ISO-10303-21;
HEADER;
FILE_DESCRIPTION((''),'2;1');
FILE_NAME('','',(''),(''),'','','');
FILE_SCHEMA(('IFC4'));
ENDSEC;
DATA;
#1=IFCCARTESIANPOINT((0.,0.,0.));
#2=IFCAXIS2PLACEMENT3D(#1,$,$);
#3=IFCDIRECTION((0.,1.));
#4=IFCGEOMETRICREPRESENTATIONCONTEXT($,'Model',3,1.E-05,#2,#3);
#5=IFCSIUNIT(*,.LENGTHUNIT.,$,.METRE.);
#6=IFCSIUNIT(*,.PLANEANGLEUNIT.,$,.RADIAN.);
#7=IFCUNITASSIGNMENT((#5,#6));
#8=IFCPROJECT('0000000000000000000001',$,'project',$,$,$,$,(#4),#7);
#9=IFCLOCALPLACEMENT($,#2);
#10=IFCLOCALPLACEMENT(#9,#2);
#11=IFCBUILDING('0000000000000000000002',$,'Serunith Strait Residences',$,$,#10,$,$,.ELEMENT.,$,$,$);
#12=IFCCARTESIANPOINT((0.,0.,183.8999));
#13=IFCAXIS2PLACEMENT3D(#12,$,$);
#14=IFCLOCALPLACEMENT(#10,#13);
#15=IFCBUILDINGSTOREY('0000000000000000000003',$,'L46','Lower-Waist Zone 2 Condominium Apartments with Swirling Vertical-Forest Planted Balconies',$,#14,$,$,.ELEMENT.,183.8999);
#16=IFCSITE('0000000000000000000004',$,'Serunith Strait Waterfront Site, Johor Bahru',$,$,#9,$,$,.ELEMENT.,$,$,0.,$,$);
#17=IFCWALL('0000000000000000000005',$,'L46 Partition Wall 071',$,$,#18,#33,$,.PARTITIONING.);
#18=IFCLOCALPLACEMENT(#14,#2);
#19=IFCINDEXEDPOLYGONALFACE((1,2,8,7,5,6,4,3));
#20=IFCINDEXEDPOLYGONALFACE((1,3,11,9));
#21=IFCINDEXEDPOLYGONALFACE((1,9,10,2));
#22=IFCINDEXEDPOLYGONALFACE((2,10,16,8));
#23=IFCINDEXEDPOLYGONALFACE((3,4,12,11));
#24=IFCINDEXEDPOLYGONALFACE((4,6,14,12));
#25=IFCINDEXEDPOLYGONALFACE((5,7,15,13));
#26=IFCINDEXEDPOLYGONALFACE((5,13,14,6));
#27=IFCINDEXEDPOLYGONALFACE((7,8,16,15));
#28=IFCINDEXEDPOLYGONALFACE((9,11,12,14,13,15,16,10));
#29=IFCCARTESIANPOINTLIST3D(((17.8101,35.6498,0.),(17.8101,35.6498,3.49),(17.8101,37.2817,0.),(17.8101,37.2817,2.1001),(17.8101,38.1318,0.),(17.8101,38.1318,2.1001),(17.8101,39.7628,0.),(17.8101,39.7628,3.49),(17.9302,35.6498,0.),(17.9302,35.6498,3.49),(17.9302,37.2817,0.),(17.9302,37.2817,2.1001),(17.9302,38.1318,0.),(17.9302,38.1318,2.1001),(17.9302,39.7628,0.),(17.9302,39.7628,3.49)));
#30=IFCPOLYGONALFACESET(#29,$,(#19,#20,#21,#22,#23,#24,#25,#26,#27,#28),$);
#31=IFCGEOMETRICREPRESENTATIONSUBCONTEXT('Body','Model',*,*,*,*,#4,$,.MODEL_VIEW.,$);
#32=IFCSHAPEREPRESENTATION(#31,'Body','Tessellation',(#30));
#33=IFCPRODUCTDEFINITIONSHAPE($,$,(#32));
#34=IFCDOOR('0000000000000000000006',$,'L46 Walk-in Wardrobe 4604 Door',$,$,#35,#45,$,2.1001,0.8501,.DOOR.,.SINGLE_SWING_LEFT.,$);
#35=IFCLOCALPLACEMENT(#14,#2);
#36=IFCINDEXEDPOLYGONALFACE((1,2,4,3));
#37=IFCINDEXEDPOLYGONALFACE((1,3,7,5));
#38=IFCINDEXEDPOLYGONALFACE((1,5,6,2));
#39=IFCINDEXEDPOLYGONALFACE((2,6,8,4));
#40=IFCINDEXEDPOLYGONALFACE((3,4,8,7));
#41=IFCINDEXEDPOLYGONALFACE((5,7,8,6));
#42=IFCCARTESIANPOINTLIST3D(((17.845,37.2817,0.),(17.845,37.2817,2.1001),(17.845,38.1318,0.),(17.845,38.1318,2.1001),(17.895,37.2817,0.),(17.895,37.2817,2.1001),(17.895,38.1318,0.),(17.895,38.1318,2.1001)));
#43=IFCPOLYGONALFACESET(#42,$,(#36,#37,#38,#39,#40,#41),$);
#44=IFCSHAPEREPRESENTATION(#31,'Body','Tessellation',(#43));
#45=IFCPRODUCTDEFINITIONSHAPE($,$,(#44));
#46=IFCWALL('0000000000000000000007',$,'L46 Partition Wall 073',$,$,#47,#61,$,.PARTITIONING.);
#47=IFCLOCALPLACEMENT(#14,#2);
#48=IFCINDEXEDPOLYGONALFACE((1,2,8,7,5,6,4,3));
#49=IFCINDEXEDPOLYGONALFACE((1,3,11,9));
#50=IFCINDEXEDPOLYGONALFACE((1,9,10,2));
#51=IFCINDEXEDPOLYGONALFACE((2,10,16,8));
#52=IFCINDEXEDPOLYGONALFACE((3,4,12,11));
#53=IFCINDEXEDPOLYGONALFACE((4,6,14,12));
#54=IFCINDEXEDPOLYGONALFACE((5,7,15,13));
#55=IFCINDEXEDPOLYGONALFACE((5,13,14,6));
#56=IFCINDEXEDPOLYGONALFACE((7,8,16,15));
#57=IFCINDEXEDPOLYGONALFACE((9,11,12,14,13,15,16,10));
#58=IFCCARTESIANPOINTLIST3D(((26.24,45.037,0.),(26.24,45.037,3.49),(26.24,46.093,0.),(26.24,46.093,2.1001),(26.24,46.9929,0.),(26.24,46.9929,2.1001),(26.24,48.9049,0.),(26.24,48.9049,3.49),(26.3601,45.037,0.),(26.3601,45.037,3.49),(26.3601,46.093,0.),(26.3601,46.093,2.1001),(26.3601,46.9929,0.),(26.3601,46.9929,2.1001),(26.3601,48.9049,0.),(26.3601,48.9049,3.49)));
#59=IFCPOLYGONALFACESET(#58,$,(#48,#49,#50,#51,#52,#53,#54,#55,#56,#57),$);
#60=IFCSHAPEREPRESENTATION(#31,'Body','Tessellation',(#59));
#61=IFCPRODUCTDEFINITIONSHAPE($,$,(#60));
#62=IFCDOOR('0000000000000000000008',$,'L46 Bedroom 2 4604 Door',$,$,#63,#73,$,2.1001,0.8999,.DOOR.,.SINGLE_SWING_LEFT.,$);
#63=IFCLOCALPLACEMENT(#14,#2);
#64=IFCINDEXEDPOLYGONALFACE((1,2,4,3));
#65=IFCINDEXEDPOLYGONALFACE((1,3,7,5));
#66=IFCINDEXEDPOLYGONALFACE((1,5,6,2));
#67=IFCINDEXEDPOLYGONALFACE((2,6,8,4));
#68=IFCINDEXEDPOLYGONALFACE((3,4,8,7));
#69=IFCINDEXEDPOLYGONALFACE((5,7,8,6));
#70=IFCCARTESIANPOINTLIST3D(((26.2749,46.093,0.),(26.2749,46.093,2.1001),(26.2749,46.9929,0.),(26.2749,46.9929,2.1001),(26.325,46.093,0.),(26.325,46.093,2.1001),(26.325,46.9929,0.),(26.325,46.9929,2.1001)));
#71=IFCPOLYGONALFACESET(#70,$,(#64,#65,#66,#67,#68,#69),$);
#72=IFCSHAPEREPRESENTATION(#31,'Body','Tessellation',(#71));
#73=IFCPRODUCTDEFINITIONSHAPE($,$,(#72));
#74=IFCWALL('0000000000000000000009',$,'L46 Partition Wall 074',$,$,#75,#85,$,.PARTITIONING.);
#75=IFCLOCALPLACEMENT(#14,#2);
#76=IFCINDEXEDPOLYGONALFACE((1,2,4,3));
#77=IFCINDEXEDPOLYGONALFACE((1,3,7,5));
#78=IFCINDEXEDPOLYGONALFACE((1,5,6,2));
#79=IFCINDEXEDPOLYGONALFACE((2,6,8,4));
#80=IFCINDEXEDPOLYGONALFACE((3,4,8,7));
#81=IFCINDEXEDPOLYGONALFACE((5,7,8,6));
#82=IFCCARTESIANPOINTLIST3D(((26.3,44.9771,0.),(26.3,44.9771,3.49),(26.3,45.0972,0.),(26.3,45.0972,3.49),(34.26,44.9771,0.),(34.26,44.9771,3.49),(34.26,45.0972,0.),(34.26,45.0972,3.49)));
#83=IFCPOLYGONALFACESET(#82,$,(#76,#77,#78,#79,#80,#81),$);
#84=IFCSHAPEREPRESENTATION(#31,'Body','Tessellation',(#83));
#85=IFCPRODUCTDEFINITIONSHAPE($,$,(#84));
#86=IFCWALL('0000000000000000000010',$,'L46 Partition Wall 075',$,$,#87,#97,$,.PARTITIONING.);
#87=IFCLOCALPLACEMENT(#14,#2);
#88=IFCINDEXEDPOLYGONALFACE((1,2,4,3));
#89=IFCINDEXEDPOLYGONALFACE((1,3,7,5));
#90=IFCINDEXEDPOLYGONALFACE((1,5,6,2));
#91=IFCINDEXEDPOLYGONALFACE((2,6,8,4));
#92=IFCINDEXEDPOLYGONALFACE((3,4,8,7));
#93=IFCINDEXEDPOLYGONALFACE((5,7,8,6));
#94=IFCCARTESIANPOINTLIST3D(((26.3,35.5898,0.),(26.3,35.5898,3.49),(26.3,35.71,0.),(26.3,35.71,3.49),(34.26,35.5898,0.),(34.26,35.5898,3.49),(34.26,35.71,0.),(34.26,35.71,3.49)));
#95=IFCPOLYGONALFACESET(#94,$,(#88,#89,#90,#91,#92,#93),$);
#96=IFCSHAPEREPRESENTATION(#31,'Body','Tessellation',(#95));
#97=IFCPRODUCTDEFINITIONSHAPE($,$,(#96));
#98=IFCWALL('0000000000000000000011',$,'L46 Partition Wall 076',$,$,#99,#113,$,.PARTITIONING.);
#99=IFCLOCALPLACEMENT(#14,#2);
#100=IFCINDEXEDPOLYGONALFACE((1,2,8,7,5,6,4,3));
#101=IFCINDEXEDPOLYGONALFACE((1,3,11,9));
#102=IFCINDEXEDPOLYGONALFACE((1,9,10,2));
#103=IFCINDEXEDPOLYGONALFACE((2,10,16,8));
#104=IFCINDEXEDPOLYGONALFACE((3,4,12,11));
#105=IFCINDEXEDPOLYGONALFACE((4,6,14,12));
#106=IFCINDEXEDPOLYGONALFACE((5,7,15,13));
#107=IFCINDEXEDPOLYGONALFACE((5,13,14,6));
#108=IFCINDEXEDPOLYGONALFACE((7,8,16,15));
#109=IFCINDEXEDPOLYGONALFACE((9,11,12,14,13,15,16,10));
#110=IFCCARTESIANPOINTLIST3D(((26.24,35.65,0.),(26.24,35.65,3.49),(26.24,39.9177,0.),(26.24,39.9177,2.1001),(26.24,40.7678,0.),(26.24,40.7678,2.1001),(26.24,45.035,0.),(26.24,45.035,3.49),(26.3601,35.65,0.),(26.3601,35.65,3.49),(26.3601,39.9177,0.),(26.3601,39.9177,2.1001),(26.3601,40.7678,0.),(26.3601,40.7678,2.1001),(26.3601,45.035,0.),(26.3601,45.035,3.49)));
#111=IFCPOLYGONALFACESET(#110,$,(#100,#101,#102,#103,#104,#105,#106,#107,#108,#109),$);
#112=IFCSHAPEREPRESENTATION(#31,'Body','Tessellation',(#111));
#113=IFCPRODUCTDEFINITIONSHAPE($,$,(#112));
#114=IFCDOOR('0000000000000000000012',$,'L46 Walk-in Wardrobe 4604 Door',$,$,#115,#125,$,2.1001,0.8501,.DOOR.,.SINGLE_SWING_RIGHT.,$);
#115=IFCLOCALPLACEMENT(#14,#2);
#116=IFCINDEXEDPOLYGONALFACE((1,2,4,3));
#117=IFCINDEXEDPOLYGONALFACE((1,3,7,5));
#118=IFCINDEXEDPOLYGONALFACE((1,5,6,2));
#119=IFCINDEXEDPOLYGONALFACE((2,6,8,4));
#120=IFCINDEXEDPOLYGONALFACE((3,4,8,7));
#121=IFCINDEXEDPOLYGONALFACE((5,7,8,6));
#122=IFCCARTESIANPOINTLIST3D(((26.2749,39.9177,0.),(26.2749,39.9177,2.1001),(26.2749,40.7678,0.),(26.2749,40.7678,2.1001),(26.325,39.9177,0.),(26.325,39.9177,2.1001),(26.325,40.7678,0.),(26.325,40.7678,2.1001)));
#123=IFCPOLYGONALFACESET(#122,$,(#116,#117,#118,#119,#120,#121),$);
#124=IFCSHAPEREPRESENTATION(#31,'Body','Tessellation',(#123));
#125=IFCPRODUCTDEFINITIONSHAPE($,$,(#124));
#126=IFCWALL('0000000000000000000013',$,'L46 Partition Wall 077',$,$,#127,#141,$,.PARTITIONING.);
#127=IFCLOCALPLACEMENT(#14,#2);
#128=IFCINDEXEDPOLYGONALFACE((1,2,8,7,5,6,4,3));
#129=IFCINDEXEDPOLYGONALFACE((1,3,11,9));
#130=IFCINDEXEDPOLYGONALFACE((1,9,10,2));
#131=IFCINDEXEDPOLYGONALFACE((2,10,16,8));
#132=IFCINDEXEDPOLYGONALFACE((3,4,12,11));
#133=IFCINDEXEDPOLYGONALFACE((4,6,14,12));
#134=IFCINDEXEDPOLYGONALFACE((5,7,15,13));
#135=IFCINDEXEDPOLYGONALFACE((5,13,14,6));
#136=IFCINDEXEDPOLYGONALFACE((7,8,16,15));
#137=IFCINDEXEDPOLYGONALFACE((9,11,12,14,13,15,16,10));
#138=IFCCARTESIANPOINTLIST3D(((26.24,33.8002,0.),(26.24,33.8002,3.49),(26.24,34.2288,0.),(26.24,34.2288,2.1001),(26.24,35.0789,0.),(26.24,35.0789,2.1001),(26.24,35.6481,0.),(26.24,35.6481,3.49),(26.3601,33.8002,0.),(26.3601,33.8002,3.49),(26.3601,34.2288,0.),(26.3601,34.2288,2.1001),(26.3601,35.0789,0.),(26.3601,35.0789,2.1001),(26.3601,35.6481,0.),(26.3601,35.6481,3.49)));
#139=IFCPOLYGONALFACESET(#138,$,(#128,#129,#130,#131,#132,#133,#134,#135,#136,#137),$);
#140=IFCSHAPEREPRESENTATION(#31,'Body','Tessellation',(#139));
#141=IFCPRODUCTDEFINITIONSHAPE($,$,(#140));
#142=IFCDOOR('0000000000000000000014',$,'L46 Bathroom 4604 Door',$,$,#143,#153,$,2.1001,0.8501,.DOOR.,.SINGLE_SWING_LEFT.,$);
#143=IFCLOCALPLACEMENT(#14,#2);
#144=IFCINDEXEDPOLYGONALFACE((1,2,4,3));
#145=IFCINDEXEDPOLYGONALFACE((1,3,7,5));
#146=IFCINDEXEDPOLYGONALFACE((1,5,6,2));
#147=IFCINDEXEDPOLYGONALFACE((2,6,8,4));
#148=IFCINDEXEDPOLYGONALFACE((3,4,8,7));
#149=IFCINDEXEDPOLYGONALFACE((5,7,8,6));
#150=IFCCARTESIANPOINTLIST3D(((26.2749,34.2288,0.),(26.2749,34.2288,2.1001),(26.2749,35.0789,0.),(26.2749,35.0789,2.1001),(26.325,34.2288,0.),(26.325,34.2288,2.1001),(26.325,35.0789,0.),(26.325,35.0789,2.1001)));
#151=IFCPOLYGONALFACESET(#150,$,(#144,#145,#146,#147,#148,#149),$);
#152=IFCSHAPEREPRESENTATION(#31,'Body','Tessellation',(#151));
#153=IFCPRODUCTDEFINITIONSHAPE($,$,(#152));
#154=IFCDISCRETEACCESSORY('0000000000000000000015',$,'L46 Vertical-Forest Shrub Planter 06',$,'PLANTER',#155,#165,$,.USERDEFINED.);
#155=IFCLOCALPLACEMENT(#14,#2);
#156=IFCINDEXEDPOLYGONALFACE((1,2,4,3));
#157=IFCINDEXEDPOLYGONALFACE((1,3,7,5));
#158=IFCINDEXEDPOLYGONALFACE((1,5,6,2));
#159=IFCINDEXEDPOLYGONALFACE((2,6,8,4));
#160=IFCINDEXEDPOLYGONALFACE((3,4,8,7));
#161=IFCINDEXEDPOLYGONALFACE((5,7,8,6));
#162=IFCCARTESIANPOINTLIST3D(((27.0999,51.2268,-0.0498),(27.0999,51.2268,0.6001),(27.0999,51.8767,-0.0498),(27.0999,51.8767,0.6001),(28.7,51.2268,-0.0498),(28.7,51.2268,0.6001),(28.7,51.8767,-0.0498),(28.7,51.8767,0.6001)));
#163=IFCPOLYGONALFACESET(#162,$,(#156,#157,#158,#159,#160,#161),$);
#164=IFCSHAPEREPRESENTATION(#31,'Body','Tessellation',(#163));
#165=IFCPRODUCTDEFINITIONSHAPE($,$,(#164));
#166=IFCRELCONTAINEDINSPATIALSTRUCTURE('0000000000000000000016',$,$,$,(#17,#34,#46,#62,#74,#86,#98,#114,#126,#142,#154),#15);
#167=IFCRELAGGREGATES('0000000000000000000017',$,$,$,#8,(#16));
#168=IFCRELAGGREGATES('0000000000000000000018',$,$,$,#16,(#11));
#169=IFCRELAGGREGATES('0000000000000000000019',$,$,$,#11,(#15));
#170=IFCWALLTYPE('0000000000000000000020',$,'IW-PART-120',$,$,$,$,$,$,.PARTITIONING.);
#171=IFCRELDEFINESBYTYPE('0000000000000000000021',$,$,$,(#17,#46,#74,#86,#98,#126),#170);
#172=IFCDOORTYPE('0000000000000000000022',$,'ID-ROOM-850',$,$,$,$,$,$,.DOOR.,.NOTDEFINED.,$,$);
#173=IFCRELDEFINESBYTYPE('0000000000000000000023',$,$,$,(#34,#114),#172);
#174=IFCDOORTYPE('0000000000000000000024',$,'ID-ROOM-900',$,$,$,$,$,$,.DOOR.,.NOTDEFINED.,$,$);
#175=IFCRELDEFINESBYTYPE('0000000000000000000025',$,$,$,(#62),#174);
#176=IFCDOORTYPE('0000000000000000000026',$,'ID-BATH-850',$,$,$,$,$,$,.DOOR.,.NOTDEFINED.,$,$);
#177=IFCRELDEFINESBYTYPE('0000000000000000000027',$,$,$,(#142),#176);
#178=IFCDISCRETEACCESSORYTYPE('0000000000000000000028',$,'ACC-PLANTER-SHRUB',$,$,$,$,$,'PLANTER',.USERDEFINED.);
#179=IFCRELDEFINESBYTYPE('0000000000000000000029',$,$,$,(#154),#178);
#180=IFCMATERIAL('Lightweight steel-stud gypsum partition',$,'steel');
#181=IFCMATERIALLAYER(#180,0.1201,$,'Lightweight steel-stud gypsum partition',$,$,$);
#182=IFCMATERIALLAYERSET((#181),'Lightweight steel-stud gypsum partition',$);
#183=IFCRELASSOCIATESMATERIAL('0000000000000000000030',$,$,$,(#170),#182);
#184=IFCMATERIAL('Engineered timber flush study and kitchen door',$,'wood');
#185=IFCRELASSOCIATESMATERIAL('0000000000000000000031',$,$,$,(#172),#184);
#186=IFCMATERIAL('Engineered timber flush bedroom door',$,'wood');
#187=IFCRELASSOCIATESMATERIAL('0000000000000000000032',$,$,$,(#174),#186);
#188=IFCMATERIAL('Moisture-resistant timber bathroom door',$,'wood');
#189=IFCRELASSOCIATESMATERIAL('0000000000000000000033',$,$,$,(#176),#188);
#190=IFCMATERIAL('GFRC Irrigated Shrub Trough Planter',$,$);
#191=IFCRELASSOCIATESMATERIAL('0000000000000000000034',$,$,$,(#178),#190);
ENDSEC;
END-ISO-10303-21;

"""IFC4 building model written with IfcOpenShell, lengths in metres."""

from ifc_helpers import new_model, si_unit, direction, frame, frame_2d, origin, origin_2d, place, context, subcontext, project, spatial, rectangle, extrude, source, transform, mapped, material, layer, layer_set, type_object, element, fill, save


model = new_model("IFC4")

# Units and contexts
model_context = context("Model", 3, precision=1e-05, world=origin(), true_north=direction((0.0, 1.0)))
body_context = subcontext(model_context, "Body", "Model", "MODEL_VIEW")
ifc_project = project(units=[si_unit("LENGTHUNIT", "METRE"), si_unit("PLANEANGLEUNIT", "RADIAN")], contexts=[model_context])

# Site, building, storey
site_placement = place(None, origin())
site = spatial("IfcSite", under=ifc_project, at=site_placement, Name="Serunith Strait Waterfront Site, Johor Bahru", CompositionType="ELEMENT", RefElevation=0.0)
building_placement = place(site_placement, origin())
building = spatial("IfcBuilding", under=site, at=building_placement, Name="Serunith Strait Residences", CompositionType="ELEMENT")
storey_placement = place(building_placement, frame((0.0, 0.0, 183.8999)))
storey = spatial("IfcBuildingStorey", under=building, at=storey_placement, Name="L46", Description="Lower-Waist Zone 2 Condominium Apartments with Swirling Vertical-Forest Planted Balconies", CompositionType="ELEMENT", Elevation=183.8999)

# Shared definitions
ifc_material_1 = material(Name="Lightweight steel-stud gypsum partition", Category="steel")
ifc_layer_1 = layer(ifc_material_1, 0.1201, Name="Lightweight steel-stud gypsum partition")
ifc_layer_set_1 = layer_set([ifc_layer_1], Name="Lightweight steel-stud gypsum partition")
wall_type = type_object("IfcWallType", Name="IW-PART-120", PredefinedType="PARTITIONING", material=ifc_layer_set_1)
ifc_material_2 = material(Name="Engineered timber flush study and kitchen door", Category="wood")
door_type_1 = type_object("IfcDoorType", Name="ID-ROOM-850", OperationType="NOTDEFINED", PredefinedType="DOOR", material=ifc_material_2)
shared_shape_1 = source(origin(), body_context, "Body", "SweptSolid", [
    extrude(rectangle(XDim=0.8501, YDim=2.1001, at=frame_2d((0.425, 1.05))), frame((0.0, 0.0249, 0.0), z_axis=(0.0, -1.0, 0.0), x_axis=(1.0, 0.0, 0.0)), (0.0, 0.0, 1.0), 0.05),
])

# Walls, openings, doors
ifc_material_3 = material(Name="Engineered timber flush bedroom door", Category="wood")
door_type_2 = type_object("IfcDoorType", Name="ID-ROOM-900", OperationType="NOTDEFINED", PredefinedType="DOOR", material=ifc_material_3)
shared_shape_2 = source(origin(), body_context, "Body", "SweptSolid", [
    extrude(rectangle(XDim=0.8999, YDim=2.1001, at=frame_2d((0.45, 1.05))), frame((0.0, 0.0249, 0.0), z_axis=(0.0, -1.0, 0.0), x_axis=(1.0, 0.0, 0.0)), (0.0, 0.0, 1.0), 0.05),
])
wall_1_placement = place(storey_placement, frame((17.8701, 39.7629, 0.0), z_axis=(0.0, 0.0, 1.0), x_axis=(0.0, -1.0, 0.0)))
wall_1 = element("IfcWall", 1, at=wall_1_placement, inside=storey, type_object=wall_type, Name="L46 Partition Wall 071", PredefinedType="PARTITIONING", context=body_context, shape_type="SweptSolid", body=[
    extrude(rectangle(XDim=4.113, YDim=0.1201, at=frame_2d((2.0566, 0.0))), origin(), (0.0, 0.0, 1.0), 3.49),
])
opening_1_placement = place(wall_1_placement, frame((1.6311, 0.0, 0.0)))
opening_1 = element("IfcOpeningElement", 2, at=opening_1_placement, cuts=wall_1, PredefinedType="OPENING", context=body_context, shape_type="SweptSolid", body=[
    extrude(rectangle(XDim=0.8501, YDim=2.1001, at=frame_2d((0.425, 1.05))), frame((0.0, 0.0701, 0.0), z_axis=(0.0, -1.0, 0.0), x_axis=(1.0, 0.0, 0.0)), (0.0, 0.0, 1.0), 0.1401),
])
door_1_placement = place(opening_1_placement, origin())
door_1 = element("IfcDoor", 3, at=door_1_placement, inside=storey, type_object=door_type_1, Name="L46 Walk-in Wardrobe 4604 Door", OperationType="SINGLE_SWING_LEFT", OverallHeight=2.1001, OverallWidth=0.8501, PredefinedType="DOOR", context=body_context, shape_type="MappedRepresentation", body=[
    mapped(shared_shape_1, transform((0.0, 0.0, 0.0), scale=1.0)),
])
fill(opening_1, door_1)
wall_2_placement = place(storey_placement, frame((26.3, 48.905, 0.0), z_axis=(0.0, 0.0, 1.0), x_axis=(0.0, -1.0, 0.0)))
wall_2 = element("IfcWall", 4, at=wall_2_placement, inside=storey, type_object=wall_type, Name="L46 Partition Wall 073", PredefinedType="PARTITIONING", context=body_context, shape_type="SweptSolid", body=[
    extrude(rectangle(XDim=3.8679, YDim=0.1201, at=frame_2d((1.9341, 0.0))), origin(), (0.0, 0.0, 1.0), 3.49),
])
opening_2_placement = place(wall_2_placement, frame((1.9121, 0.0, 0.0)))
opening_2 = element("IfcOpeningElement", 5, at=opening_2_placement, cuts=wall_2, PredefinedType="OPENING", context=body_context, shape_type="SweptSolid", body=[
    extrude(rectangle(XDim=0.8999, YDim=2.1001, at=frame_2d((0.45, 1.05))), frame((0.0, 0.0701, 0.0), z_axis=(0.0, -1.0, 0.0), x_axis=(1.0, 0.0, 0.0)), (0.0, 0.0, 1.0), 0.1401),
])
door_2_placement = place(opening_2_placement, origin())
door_2 = element("IfcDoor", 6, at=door_2_placement, inside=storey, type_object=door_type_2, Name="L46 Bedroom 2 4604 Door", OperationType="SINGLE_SWING_LEFT", OverallHeight=2.1001, OverallWidth=0.8999, PredefinedType="DOOR", context=body_context, shape_type="MappedRepresentation", body=[
    mapped(shared_shape_2, transform((0.0, 0.0, 0.0), scale=1.0)),
])
fill(opening_2, door_2)

# Walls
for number, where, z_axis, x_axis, name in (
    (7, (26.3, 45.0371, 0.0), (0.0, 0.0, 1.0), (1.0, 0.0, 0.0), "L46 Partition Wall 074"),
    (8, (26.3, 35.6499, 0.0), (0.0, 0.0, 1.0), (1.0, 0.0, 0.0), "L46 Partition Wall 075"),
):
    element("IfcWall", number, at=place(storey_placement, frame(where, z_axis=z_axis, x_axis=x_axis)), inside=storey, type_object=wall_type, Name=name, PredefinedType="PARTITIONING", context=body_context, shape_type="SweptSolid", body=[
        extrude(rectangle(XDim=7.96, YDim=0.1201, at=frame_2d((3.98, 0.0))), origin(), (0.0, 0.0, 1.0), 3.49),
    ])

# Walls, openings, doors
wall_3_placement = place(storey_placement, frame((26.3, 45.0349, 0.0), z_axis=(0.0, 0.0, 1.0), x_axis=(0.0, -1.0, 0.0)))
wall_3 = element("IfcWall", 9, at=wall_3_placement, inside=storey, type_object=wall_type, Name="L46 Partition Wall 076", PredefinedType="PARTITIONING", context=body_context, shape_type="SweptSolid", body=[
    extrude(rectangle(XDim=9.385, YDim=0.1201, at=frame_2d((4.6924, 0.0))), origin(), (0.0, 0.0, 1.0), 3.49),
])
opening_3_placement = place(wall_3_placement, frame((4.2671, 0.0, 0.0)))
opening_3 = element("IfcOpeningElement", 10, at=opening_3_placement, cuts=wall_3, PredefinedType="OPENING", context=body_context, shape_type="SweptSolid", body=[
    extrude(rectangle(XDim=0.8501, YDim=2.1001, at=frame_2d((0.425, 1.05))), frame((0.0, 0.0701, 0.0), z_axis=(0.0, -1.0, 0.0), x_axis=(1.0, 0.0, 0.0)), (0.0, 0.0, 1.0), 0.1401),
])
door_3_placement = place(opening_3_placement, origin())
door_3 = element("IfcDoor", 11, at=door_3_placement, inside=storey, type_object=door_type_1, Name="L46 Walk-in Wardrobe 4604 Door", OperationType="SINGLE_SWING_RIGHT", OverallHeight=2.1001, OverallWidth=0.8501, PredefinedType="DOOR", context=body_context, shape_type="MappedRepresentation", body=[
    mapped(shared_shape_1, transform((0.0, 0.0, 0.0), scale=1.0)),
])
fill(opening_3, door_3)
wall_4_placement = place(storey_placement, frame((26.3, 35.6479, 0.0), z_axis=(0.0, 0.0, 1.0), x_axis=(0.0, -1.0, 0.0)))
wall_4 = element("IfcWall", 12, at=wall_4_placement, inside=storey, type_object=wall_type, Name="L46 Partition Wall 077", PredefinedType="PARTITIONING", context=body_context, shape_type="SweptSolid", body=[
    extrude(rectangle(XDim=1.8479, YDim=0.1201, at=frame_2d((0.9238, 0.0))), origin(), (0.0, 0.0, 1.0), 3.49),
])
opening_4_placement = place(wall_4_placement, frame((0.5691, 0.0, 0.0)))
opening_4 = element("IfcOpeningElement", 13, at=opening_4_placement, cuts=wall_4, PredefinedType="OPENING", context=body_context, shape_type="SweptSolid", body=[
    extrude(rectangle(XDim=0.8501, YDim=2.1001, at=frame_2d((0.425, 1.05))), frame((0.0, 0.0701, 0.0), z_axis=(0.0, -1.0, 0.0), x_axis=(1.0, 0.0, 0.0)), (0.0, 0.0, 1.0), 0.1401),
])
ifc_material_4 = material(Name="Moisture-resistant timber bathroom door", Category="wood")
door_type_3 = type_object("IfcDoorType", Name="ID-BATH-850", OperationType="NOTDEFINED", PredefinedType="DOOR", material=ifc_material_4)
door_4_placement = place(opening_4_placement, origin())
door_4 = element("IfcDoor", 14, at=door_4_placement, inside=storey, type_object=door_type_3, Name="L46 Bathroom 4604 Door", OperationType="SINGLE_SWING_LEFT", OverallHeight=2.1001, OverallWidth=0.8501, PredefinedType="DOOR", context=body_context, shape_type="MappedRepresentation", body=[
    mapped(shared_shape_1, transform((0.0, 0.0, 0.0), scale=1.0)),
])
fill(opening_4, door_4)

# Discrete accessory
ifc_material_5 = material(Name="GFRC Irrigated Shrub Trough Planter")
discrete_accessory_type = type_object("IfcDiscreteAccessoryType", Name="ACC-PLANTER-SHRUB", ElementType="PLANTER", PredefinedType="USERDEFINED", material=ifc_material_5)
shared_shape_3 = source(origin(), body_context, "Body", "SweptSolid", [
    extrude(rectangle(XDim=1.6001, YDim=0.6499, at=origin_2d()), origin(), (0.0, 0.0, 1.0), 0.6499),
])
discrete_accessory_placement = place(storey_placement, frame((27.8999, 51.5518, -0.0498), z_axis=(0.0, 0.0, 1.0), x_axis=(-1.0, 0.0, 0.0)))
element("IfcDiscreteAccessory", 15, at=discrete_accessory_placement, inside=storey, type_object=discrete_accessory_type, Name="L46 Vertical-Forest Shrub Planter 06", ObjectType="PLANTER", PredefinedType="USERDEFINED", context=body_context, shape_type="MappedRepresentation", body=[
    mapped(shared_shape_3, transform((0.0, 0.0, 0.0), scale=1.0)),
])

save(model, "model.ifc")
